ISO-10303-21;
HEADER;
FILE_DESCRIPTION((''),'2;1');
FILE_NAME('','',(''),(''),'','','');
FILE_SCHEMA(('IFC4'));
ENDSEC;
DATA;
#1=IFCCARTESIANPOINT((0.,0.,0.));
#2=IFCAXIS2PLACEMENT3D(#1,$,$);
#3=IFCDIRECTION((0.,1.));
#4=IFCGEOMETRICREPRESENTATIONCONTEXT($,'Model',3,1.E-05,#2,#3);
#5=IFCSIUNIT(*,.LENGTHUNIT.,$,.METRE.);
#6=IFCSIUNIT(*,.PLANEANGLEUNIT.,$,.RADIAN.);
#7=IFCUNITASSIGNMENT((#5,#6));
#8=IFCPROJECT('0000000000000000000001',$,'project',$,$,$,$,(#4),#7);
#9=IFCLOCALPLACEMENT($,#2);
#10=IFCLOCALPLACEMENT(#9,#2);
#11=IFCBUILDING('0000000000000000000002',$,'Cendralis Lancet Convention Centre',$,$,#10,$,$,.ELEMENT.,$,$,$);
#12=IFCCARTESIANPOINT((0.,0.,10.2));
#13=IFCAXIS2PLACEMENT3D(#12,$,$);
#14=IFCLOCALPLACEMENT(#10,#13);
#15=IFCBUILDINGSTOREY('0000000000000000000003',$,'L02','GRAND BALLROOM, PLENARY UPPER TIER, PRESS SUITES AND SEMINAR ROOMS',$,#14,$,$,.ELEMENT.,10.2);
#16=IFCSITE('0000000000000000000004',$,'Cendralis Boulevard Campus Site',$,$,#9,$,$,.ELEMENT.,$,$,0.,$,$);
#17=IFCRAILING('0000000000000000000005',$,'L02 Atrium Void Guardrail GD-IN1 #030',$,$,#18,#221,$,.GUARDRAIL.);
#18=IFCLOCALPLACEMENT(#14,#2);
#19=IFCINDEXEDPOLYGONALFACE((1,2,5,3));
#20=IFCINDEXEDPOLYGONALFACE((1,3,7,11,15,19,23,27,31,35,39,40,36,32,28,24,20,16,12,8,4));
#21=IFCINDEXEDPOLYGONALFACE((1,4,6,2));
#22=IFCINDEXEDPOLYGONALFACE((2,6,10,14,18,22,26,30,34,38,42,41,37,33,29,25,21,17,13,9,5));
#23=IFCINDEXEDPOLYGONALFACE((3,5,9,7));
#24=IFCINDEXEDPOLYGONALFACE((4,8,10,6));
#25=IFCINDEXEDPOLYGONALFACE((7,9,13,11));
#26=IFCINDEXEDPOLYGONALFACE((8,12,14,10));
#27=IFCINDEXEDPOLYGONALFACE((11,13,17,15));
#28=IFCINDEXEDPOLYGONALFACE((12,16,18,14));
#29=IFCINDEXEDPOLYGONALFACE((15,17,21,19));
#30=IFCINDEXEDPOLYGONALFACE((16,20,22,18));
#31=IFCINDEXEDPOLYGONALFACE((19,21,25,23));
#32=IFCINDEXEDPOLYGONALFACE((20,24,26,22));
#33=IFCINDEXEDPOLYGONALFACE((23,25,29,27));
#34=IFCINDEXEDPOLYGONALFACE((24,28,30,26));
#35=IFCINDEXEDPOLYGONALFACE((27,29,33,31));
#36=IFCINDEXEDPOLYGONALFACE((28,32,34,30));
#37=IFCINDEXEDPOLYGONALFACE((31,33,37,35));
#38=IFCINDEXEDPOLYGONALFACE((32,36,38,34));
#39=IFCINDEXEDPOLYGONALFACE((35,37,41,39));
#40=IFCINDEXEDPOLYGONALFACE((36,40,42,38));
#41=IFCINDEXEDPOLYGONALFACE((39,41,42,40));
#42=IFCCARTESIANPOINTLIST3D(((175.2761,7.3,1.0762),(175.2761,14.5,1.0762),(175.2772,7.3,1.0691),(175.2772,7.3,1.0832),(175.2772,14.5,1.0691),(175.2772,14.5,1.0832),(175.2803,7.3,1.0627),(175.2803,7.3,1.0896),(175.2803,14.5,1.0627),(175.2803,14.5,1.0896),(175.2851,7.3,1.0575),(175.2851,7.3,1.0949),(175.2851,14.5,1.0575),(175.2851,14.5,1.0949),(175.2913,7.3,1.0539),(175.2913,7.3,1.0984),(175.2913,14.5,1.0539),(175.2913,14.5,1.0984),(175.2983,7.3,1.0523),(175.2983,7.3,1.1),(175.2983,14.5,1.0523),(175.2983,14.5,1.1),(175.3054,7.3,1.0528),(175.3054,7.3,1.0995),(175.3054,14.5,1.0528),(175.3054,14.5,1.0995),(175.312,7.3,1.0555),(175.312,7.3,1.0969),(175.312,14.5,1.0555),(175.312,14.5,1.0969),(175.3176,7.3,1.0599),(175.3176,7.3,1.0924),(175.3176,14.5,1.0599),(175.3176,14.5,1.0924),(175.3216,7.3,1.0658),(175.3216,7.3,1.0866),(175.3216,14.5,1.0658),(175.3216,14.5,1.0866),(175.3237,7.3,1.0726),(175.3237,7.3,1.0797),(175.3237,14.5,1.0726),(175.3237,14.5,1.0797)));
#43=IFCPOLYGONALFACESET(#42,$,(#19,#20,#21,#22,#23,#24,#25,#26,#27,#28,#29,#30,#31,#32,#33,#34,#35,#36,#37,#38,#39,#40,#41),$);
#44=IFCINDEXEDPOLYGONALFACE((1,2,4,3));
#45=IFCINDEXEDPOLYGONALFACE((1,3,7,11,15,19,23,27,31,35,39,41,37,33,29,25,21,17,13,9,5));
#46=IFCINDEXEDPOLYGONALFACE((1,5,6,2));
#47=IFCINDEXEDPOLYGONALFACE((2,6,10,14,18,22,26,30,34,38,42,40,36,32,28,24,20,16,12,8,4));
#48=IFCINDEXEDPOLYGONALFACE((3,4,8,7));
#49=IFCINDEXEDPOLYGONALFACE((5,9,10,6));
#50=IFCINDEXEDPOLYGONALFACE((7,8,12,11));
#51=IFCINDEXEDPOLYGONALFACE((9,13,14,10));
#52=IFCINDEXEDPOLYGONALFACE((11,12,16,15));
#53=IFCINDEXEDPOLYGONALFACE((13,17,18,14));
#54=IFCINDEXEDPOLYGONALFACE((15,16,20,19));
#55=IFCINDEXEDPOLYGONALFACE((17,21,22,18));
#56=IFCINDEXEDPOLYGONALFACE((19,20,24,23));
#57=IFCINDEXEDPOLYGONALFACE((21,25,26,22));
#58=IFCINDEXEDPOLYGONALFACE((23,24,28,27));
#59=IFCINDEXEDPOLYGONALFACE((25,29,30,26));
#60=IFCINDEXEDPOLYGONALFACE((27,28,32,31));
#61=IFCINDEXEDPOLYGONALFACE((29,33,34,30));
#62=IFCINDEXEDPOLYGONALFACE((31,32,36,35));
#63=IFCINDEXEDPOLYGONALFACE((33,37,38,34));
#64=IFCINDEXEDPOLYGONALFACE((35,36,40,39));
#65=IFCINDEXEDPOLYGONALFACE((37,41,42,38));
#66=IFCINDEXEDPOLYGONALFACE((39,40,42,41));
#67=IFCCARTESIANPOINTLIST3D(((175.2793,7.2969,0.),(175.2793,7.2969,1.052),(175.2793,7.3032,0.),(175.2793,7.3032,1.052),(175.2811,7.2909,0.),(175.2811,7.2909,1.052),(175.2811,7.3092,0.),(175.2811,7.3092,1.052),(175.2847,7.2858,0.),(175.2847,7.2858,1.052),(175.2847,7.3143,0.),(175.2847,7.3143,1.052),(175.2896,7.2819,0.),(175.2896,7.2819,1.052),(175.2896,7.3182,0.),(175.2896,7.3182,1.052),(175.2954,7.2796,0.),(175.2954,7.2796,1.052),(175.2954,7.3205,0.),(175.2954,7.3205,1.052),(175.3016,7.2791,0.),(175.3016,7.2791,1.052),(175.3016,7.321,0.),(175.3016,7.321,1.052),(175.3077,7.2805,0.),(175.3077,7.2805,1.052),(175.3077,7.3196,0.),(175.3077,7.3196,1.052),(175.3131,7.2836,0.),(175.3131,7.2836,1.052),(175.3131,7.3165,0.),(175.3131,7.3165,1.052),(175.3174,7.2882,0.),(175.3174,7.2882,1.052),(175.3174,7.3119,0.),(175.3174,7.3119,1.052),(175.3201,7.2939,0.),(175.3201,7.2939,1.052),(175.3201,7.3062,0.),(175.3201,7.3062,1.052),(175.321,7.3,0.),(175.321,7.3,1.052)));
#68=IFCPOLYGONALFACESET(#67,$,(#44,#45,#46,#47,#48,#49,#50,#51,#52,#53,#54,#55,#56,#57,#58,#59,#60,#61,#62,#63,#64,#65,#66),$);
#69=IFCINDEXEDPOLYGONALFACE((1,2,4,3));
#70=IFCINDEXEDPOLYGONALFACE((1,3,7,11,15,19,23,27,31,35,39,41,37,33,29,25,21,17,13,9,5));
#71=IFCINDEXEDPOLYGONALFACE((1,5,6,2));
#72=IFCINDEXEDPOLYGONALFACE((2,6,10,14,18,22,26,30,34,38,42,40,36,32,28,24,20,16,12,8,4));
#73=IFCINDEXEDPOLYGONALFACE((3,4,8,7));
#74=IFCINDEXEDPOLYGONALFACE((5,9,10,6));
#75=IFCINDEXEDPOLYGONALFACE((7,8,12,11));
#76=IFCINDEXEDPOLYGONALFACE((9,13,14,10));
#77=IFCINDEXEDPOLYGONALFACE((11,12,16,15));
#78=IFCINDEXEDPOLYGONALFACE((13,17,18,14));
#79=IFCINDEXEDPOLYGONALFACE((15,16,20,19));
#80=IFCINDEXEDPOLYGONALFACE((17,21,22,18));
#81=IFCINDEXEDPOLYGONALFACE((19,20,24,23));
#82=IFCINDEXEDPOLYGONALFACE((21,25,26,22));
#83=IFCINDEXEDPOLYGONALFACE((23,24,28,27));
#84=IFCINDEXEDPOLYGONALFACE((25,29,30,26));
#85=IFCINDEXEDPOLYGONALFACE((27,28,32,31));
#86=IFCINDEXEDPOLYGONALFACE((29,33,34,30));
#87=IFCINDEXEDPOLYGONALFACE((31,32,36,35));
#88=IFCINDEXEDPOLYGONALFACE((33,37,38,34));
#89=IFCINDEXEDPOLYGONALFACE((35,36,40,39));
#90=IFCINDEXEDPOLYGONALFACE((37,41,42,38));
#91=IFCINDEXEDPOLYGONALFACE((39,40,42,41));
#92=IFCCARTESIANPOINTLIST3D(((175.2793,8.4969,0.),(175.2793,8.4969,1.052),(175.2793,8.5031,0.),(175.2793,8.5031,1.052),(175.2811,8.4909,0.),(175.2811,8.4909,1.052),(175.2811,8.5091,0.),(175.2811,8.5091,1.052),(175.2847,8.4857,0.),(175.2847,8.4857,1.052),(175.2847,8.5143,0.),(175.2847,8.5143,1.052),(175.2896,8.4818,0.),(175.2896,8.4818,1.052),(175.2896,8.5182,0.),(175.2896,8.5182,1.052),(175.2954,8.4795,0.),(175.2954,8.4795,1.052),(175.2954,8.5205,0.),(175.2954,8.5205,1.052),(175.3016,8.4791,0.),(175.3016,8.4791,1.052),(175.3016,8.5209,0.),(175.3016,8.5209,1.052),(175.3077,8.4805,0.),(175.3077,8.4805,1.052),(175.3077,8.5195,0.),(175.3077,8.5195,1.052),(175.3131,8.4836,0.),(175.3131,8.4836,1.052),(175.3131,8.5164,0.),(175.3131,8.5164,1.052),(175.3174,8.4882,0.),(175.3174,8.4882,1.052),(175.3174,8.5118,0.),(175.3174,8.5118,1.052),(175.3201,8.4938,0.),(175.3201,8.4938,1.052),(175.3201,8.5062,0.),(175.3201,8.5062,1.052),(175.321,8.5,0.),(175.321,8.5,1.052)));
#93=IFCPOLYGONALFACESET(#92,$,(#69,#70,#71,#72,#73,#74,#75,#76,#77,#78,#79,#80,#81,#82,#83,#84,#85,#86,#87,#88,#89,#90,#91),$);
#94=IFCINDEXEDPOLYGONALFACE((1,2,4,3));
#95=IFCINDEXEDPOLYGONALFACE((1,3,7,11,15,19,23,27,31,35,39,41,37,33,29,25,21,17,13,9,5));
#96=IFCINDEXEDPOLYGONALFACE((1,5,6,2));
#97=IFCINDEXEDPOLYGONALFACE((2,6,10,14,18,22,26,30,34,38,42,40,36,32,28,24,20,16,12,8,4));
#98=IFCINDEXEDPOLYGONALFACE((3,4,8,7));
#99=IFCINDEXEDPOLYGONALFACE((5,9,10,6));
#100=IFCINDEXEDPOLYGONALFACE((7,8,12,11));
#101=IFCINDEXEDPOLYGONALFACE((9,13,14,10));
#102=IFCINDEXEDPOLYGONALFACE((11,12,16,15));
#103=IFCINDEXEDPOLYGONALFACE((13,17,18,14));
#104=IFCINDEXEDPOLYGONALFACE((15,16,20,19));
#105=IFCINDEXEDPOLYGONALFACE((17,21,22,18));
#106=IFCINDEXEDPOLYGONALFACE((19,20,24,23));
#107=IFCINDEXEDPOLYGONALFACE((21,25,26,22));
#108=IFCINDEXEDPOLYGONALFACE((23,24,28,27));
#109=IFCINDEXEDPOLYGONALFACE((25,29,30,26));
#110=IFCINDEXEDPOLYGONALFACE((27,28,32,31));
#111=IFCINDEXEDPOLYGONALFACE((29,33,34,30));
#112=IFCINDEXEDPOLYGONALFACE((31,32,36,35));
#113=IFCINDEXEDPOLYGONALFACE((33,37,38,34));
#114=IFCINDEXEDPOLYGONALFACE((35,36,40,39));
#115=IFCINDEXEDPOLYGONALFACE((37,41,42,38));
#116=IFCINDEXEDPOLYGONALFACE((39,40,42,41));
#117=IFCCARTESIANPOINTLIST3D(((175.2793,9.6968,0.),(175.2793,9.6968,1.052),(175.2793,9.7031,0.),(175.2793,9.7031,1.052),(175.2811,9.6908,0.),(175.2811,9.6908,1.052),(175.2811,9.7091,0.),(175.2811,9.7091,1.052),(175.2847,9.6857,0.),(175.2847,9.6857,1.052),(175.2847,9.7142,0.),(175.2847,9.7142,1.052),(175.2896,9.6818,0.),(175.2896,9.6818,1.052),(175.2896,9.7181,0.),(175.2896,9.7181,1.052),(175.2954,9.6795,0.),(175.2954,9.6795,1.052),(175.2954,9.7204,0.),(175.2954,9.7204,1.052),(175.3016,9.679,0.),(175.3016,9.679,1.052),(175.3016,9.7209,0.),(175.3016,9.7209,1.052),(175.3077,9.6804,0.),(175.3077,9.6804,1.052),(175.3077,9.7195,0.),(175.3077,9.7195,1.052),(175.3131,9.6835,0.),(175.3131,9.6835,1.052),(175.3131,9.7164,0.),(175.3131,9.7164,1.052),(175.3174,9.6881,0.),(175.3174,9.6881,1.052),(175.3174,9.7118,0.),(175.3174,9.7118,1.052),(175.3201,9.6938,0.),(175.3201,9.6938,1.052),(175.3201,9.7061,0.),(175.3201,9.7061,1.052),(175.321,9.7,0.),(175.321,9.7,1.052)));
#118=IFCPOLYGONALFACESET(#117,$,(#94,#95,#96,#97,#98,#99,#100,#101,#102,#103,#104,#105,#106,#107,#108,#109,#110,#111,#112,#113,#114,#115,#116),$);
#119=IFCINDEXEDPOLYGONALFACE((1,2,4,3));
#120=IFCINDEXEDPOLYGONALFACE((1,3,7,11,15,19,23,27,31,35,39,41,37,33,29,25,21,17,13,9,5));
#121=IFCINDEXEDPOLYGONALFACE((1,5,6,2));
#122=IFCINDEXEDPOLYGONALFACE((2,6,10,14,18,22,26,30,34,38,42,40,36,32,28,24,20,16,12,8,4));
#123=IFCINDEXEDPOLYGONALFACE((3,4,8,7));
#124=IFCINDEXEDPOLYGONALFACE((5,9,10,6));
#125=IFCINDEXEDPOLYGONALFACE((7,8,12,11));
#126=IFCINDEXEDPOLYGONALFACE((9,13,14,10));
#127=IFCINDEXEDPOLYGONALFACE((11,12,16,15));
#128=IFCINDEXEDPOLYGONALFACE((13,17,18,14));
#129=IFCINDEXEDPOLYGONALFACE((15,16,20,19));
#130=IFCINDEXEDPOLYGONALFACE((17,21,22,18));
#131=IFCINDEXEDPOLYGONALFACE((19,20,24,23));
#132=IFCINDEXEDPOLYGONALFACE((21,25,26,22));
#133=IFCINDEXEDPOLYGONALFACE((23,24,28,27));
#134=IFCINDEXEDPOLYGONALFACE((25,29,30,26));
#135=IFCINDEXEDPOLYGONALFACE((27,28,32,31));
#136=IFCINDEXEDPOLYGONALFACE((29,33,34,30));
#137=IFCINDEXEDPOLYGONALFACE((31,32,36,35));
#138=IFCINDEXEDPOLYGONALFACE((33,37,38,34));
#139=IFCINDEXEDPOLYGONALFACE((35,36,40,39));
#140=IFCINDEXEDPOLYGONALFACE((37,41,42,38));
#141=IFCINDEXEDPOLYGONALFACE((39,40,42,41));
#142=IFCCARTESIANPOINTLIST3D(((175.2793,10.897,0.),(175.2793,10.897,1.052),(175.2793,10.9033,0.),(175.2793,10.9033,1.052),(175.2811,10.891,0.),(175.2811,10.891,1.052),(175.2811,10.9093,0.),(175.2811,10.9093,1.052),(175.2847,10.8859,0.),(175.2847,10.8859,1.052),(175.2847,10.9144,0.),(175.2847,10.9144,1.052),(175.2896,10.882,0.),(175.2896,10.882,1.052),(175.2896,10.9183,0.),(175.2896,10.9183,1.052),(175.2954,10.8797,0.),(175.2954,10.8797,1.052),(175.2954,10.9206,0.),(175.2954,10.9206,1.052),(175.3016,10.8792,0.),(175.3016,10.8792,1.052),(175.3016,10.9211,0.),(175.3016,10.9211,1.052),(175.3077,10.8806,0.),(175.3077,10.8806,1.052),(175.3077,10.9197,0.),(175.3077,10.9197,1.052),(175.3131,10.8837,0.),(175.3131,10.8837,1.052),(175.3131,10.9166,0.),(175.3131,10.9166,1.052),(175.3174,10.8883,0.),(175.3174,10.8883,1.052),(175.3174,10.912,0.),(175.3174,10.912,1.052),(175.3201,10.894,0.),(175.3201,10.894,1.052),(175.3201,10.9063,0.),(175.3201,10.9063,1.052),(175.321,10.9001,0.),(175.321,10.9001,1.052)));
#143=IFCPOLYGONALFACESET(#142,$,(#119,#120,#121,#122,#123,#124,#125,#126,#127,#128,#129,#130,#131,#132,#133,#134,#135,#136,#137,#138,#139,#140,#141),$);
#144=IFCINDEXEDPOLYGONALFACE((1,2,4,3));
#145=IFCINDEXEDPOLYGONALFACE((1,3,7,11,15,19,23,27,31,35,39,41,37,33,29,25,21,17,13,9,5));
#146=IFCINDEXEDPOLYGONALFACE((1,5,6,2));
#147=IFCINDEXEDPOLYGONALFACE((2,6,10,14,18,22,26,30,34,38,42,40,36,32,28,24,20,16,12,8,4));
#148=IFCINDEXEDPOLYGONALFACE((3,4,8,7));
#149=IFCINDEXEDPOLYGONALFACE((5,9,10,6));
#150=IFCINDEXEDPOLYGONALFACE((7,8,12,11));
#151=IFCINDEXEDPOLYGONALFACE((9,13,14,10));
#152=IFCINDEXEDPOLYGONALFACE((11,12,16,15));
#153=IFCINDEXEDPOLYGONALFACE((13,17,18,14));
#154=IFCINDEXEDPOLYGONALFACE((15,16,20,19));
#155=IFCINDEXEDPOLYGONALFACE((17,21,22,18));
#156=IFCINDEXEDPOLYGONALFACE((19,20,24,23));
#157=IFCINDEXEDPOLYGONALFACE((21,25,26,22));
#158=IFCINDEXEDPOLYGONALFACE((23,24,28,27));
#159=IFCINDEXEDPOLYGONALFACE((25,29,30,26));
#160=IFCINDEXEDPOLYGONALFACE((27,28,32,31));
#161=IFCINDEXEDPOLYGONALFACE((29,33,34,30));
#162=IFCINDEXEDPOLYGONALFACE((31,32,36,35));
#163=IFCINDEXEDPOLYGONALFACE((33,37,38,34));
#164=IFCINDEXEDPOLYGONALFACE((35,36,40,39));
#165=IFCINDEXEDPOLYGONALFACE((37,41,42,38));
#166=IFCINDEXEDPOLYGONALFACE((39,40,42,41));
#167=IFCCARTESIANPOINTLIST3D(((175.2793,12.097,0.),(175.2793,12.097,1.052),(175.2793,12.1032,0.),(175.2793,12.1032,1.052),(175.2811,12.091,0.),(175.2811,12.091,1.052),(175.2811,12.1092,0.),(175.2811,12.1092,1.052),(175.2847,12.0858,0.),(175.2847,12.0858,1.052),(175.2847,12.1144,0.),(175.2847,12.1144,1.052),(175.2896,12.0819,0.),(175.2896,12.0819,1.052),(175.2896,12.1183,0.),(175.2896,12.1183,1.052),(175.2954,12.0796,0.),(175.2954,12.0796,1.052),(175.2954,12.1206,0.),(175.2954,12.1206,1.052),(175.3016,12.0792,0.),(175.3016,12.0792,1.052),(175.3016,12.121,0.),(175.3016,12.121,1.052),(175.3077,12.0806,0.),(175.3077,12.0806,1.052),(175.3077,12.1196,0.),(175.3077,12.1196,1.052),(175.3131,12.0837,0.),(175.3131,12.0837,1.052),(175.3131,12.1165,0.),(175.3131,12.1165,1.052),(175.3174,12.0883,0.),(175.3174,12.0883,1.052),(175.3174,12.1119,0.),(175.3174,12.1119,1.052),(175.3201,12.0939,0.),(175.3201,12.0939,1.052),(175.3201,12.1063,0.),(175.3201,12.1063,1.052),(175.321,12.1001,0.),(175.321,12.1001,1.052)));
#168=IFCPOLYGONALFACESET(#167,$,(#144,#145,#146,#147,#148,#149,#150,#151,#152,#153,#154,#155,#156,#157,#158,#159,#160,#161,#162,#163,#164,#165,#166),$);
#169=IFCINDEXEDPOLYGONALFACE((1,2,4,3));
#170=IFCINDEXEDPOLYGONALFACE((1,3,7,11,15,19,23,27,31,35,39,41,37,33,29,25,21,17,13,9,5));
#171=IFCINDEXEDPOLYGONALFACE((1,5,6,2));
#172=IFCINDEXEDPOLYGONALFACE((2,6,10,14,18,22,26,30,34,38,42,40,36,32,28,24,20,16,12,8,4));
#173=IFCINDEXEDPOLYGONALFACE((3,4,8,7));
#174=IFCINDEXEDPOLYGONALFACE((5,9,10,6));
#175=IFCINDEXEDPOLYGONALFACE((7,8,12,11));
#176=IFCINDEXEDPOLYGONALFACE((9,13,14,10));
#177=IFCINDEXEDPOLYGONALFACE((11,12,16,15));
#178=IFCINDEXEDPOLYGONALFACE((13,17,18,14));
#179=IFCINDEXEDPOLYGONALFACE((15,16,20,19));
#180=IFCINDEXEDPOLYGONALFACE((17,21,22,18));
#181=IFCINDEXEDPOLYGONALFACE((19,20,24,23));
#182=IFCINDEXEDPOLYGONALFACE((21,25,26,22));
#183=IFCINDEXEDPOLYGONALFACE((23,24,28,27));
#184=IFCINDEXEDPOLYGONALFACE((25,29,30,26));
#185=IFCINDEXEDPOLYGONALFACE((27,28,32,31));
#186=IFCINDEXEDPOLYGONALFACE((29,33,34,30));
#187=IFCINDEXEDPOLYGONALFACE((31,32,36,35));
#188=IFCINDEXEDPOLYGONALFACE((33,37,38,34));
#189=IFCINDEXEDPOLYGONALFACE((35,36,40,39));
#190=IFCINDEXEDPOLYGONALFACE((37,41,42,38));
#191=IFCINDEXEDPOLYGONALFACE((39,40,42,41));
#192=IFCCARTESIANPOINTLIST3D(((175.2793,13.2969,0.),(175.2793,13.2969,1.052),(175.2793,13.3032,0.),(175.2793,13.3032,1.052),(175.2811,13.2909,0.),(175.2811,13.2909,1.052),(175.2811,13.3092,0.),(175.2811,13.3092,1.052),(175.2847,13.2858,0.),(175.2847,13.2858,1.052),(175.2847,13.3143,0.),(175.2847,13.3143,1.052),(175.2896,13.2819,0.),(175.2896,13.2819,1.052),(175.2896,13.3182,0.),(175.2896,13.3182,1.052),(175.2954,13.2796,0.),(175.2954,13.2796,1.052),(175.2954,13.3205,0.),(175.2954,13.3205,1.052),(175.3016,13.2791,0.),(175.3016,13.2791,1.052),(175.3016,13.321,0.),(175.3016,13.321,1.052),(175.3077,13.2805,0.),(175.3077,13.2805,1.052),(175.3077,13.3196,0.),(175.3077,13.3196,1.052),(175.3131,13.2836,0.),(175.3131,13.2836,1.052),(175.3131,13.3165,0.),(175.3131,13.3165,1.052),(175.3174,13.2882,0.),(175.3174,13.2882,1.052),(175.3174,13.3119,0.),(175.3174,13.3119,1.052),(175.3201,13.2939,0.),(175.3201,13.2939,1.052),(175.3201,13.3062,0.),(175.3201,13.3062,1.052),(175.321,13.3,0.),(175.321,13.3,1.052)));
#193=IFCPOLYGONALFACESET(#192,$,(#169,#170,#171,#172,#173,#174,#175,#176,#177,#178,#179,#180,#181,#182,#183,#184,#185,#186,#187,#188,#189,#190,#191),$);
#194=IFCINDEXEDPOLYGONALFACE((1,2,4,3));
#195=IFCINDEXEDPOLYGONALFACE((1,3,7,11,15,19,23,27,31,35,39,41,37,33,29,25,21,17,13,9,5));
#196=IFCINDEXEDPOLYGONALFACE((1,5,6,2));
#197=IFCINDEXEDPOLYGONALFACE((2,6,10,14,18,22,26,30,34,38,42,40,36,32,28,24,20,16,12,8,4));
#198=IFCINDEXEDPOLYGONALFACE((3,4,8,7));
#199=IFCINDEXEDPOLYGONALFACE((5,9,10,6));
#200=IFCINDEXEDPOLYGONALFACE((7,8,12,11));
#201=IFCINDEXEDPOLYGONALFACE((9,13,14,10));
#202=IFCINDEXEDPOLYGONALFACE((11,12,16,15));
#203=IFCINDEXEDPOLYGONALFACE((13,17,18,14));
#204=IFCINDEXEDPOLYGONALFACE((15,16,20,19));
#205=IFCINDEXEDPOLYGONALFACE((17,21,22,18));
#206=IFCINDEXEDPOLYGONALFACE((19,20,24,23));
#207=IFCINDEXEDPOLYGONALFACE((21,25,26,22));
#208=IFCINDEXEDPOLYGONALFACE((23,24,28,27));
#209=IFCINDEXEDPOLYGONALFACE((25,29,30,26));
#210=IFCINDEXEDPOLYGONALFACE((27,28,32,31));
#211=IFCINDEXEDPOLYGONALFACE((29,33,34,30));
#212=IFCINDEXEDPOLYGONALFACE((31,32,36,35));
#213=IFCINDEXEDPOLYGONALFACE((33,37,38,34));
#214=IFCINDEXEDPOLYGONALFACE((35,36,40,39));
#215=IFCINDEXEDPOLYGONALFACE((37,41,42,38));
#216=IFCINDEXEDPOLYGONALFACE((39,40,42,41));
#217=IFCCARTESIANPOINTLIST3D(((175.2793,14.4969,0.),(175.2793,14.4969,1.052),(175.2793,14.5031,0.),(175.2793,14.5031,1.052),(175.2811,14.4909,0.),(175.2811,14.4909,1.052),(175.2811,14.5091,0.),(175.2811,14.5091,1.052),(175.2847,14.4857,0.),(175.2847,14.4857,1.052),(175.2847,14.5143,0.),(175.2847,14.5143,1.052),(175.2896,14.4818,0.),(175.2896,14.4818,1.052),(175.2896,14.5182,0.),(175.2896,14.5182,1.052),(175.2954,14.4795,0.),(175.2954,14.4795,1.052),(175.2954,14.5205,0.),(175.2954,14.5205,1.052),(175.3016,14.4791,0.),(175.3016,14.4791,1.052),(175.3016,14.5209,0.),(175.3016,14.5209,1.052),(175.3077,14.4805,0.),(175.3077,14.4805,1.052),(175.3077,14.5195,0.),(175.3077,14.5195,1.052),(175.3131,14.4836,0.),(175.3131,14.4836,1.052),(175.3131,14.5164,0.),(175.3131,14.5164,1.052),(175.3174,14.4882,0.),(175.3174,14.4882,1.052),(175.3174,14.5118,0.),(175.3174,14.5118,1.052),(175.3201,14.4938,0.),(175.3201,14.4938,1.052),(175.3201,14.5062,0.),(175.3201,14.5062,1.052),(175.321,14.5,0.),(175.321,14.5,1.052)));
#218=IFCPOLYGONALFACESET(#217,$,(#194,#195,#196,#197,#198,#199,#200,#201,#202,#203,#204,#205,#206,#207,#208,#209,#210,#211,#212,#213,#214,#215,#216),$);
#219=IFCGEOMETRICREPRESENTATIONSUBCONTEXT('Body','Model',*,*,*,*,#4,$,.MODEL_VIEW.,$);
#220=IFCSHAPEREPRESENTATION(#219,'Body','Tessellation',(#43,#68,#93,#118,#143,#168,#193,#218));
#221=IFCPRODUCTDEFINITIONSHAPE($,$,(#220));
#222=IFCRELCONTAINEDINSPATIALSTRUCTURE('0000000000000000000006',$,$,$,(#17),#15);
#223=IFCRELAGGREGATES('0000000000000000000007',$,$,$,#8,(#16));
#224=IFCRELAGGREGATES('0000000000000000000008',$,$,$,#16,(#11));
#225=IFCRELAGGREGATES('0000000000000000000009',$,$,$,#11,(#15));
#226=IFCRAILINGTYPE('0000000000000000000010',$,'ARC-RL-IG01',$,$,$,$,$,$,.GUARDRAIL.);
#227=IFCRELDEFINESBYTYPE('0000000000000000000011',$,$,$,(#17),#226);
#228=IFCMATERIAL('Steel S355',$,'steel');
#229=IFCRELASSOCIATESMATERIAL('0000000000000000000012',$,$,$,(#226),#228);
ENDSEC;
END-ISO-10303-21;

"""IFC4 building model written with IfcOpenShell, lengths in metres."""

from ifc_helpers import new_model, si_unit, direction, frame, origin, origin_2d, place, context, subcontext, project, spatial, circle, extrude, material, type_object, element, save


model = new_model("IFC4")

# Units and contexts
model_context = context("Model", 3, precision=1e-05, world=origin(), true_north=direction((0.0, 1.0)))
body_context = subcontext(model_context, "Body", "Model", "MODEL_VIEW")
ifc_project = project(units=[si_unit("LENGTHUNIT", "METRE"), si_unit("PLANEANGLEUNIT", "RADIAN")], contexts=[model_context])

# Site, building, storey
site_placement = place(None, origin())
site = spatial("IfcSite", under=ifc_project, at=site_placement, Name="Cendralis Boulevard Campus Site", CompositionType="ELEMENT", RefElevation=0.0)
building_placement = place(site_placement, origin())
building = spatial("IfcBuilding", under=site, at=building_placement, Name="Cendralis Lancet Convention Centre", CompositionType="ELEMENT")
storey_placement = place(building_placement, frame((0.0, 0.0, 10.2)))
storey = spatial("IfcBuildingStorey", under=building, at=storey_placement, Name="L02", Description="GRAND BALLROOM, PLENARY UPPER TIER, PRESS SUITES AND SEMINAR ROOMS", CompositionType="ELEMENT", Elevation=10.2)

# Shared definitions
ifc_material_1 = material(Name="Steel S355", Category="steel")

# Railing
railing_type = type_object("IfcRailingType", Name="ARC-RL-IG01", PredefinedType="GUARDRAIL", material=ifc_material_1)
railing_1_placement = place(storey_placement, frame((175.3, 7.3, 0.0)))
element("IfcRailing", 1, at=railing_1_placement, inside=storey, type_object=railing_type, Name="L02 Atrium Void Guardrail GD-IN1 #030", PredefinedType="GUARDRAIL", context=body_context, shape_type="SweptSolid", body=[
    extrude(circle(Radius=0.0239, at=origin_2d()), frame((0.0, 0.0, 1.0762), z_axis=(0.0, 1.0, 0.0), x_axis=(-1.0, 0.0, 0.0)), (0.0, 0.0, 1.0), 7.2),
    extrude(circle(Radius=0.021, at=origin_2d()), origin(), (0.0, 0.0, 1.0), 1.052),
    extrude(circle(Radius=0.021, at=origin_2d()), frame((0.0, 1.2, 0.0)), (0.0, 0.0, 1.0), 1.052),
    extrude(circle(Radius=0.021, at=origin_2d()), frame((0.0, 2.3999, 0.0)), (0.0, 0.0, 1.0), 1.052),
    extrude(circle(Radius=0.021, at=origin_2d()), frame((0.0, 3.6001, 0.0)), (0.0, 0.0, 1.0), 1.052),
    extrude(circle(Radius=0.021, at=origin_2d()), frame((0.0, 4.8, 0.0)), (0.0, 0.0, 1.0), 1.052),
    extrude(circle(Radius=0.021, at=origin_2d()), frame((0.0, 6.0, 0.0)), (0.0, 0.0, 1.0), 1.052),
    extrude(circle(Radius=0.021, at=origin_2d()), frame((0.0, 7.2, 0.0)), (0.0, 0.0, 1.0), 1.052),
])

save(model, "model.ifc")
